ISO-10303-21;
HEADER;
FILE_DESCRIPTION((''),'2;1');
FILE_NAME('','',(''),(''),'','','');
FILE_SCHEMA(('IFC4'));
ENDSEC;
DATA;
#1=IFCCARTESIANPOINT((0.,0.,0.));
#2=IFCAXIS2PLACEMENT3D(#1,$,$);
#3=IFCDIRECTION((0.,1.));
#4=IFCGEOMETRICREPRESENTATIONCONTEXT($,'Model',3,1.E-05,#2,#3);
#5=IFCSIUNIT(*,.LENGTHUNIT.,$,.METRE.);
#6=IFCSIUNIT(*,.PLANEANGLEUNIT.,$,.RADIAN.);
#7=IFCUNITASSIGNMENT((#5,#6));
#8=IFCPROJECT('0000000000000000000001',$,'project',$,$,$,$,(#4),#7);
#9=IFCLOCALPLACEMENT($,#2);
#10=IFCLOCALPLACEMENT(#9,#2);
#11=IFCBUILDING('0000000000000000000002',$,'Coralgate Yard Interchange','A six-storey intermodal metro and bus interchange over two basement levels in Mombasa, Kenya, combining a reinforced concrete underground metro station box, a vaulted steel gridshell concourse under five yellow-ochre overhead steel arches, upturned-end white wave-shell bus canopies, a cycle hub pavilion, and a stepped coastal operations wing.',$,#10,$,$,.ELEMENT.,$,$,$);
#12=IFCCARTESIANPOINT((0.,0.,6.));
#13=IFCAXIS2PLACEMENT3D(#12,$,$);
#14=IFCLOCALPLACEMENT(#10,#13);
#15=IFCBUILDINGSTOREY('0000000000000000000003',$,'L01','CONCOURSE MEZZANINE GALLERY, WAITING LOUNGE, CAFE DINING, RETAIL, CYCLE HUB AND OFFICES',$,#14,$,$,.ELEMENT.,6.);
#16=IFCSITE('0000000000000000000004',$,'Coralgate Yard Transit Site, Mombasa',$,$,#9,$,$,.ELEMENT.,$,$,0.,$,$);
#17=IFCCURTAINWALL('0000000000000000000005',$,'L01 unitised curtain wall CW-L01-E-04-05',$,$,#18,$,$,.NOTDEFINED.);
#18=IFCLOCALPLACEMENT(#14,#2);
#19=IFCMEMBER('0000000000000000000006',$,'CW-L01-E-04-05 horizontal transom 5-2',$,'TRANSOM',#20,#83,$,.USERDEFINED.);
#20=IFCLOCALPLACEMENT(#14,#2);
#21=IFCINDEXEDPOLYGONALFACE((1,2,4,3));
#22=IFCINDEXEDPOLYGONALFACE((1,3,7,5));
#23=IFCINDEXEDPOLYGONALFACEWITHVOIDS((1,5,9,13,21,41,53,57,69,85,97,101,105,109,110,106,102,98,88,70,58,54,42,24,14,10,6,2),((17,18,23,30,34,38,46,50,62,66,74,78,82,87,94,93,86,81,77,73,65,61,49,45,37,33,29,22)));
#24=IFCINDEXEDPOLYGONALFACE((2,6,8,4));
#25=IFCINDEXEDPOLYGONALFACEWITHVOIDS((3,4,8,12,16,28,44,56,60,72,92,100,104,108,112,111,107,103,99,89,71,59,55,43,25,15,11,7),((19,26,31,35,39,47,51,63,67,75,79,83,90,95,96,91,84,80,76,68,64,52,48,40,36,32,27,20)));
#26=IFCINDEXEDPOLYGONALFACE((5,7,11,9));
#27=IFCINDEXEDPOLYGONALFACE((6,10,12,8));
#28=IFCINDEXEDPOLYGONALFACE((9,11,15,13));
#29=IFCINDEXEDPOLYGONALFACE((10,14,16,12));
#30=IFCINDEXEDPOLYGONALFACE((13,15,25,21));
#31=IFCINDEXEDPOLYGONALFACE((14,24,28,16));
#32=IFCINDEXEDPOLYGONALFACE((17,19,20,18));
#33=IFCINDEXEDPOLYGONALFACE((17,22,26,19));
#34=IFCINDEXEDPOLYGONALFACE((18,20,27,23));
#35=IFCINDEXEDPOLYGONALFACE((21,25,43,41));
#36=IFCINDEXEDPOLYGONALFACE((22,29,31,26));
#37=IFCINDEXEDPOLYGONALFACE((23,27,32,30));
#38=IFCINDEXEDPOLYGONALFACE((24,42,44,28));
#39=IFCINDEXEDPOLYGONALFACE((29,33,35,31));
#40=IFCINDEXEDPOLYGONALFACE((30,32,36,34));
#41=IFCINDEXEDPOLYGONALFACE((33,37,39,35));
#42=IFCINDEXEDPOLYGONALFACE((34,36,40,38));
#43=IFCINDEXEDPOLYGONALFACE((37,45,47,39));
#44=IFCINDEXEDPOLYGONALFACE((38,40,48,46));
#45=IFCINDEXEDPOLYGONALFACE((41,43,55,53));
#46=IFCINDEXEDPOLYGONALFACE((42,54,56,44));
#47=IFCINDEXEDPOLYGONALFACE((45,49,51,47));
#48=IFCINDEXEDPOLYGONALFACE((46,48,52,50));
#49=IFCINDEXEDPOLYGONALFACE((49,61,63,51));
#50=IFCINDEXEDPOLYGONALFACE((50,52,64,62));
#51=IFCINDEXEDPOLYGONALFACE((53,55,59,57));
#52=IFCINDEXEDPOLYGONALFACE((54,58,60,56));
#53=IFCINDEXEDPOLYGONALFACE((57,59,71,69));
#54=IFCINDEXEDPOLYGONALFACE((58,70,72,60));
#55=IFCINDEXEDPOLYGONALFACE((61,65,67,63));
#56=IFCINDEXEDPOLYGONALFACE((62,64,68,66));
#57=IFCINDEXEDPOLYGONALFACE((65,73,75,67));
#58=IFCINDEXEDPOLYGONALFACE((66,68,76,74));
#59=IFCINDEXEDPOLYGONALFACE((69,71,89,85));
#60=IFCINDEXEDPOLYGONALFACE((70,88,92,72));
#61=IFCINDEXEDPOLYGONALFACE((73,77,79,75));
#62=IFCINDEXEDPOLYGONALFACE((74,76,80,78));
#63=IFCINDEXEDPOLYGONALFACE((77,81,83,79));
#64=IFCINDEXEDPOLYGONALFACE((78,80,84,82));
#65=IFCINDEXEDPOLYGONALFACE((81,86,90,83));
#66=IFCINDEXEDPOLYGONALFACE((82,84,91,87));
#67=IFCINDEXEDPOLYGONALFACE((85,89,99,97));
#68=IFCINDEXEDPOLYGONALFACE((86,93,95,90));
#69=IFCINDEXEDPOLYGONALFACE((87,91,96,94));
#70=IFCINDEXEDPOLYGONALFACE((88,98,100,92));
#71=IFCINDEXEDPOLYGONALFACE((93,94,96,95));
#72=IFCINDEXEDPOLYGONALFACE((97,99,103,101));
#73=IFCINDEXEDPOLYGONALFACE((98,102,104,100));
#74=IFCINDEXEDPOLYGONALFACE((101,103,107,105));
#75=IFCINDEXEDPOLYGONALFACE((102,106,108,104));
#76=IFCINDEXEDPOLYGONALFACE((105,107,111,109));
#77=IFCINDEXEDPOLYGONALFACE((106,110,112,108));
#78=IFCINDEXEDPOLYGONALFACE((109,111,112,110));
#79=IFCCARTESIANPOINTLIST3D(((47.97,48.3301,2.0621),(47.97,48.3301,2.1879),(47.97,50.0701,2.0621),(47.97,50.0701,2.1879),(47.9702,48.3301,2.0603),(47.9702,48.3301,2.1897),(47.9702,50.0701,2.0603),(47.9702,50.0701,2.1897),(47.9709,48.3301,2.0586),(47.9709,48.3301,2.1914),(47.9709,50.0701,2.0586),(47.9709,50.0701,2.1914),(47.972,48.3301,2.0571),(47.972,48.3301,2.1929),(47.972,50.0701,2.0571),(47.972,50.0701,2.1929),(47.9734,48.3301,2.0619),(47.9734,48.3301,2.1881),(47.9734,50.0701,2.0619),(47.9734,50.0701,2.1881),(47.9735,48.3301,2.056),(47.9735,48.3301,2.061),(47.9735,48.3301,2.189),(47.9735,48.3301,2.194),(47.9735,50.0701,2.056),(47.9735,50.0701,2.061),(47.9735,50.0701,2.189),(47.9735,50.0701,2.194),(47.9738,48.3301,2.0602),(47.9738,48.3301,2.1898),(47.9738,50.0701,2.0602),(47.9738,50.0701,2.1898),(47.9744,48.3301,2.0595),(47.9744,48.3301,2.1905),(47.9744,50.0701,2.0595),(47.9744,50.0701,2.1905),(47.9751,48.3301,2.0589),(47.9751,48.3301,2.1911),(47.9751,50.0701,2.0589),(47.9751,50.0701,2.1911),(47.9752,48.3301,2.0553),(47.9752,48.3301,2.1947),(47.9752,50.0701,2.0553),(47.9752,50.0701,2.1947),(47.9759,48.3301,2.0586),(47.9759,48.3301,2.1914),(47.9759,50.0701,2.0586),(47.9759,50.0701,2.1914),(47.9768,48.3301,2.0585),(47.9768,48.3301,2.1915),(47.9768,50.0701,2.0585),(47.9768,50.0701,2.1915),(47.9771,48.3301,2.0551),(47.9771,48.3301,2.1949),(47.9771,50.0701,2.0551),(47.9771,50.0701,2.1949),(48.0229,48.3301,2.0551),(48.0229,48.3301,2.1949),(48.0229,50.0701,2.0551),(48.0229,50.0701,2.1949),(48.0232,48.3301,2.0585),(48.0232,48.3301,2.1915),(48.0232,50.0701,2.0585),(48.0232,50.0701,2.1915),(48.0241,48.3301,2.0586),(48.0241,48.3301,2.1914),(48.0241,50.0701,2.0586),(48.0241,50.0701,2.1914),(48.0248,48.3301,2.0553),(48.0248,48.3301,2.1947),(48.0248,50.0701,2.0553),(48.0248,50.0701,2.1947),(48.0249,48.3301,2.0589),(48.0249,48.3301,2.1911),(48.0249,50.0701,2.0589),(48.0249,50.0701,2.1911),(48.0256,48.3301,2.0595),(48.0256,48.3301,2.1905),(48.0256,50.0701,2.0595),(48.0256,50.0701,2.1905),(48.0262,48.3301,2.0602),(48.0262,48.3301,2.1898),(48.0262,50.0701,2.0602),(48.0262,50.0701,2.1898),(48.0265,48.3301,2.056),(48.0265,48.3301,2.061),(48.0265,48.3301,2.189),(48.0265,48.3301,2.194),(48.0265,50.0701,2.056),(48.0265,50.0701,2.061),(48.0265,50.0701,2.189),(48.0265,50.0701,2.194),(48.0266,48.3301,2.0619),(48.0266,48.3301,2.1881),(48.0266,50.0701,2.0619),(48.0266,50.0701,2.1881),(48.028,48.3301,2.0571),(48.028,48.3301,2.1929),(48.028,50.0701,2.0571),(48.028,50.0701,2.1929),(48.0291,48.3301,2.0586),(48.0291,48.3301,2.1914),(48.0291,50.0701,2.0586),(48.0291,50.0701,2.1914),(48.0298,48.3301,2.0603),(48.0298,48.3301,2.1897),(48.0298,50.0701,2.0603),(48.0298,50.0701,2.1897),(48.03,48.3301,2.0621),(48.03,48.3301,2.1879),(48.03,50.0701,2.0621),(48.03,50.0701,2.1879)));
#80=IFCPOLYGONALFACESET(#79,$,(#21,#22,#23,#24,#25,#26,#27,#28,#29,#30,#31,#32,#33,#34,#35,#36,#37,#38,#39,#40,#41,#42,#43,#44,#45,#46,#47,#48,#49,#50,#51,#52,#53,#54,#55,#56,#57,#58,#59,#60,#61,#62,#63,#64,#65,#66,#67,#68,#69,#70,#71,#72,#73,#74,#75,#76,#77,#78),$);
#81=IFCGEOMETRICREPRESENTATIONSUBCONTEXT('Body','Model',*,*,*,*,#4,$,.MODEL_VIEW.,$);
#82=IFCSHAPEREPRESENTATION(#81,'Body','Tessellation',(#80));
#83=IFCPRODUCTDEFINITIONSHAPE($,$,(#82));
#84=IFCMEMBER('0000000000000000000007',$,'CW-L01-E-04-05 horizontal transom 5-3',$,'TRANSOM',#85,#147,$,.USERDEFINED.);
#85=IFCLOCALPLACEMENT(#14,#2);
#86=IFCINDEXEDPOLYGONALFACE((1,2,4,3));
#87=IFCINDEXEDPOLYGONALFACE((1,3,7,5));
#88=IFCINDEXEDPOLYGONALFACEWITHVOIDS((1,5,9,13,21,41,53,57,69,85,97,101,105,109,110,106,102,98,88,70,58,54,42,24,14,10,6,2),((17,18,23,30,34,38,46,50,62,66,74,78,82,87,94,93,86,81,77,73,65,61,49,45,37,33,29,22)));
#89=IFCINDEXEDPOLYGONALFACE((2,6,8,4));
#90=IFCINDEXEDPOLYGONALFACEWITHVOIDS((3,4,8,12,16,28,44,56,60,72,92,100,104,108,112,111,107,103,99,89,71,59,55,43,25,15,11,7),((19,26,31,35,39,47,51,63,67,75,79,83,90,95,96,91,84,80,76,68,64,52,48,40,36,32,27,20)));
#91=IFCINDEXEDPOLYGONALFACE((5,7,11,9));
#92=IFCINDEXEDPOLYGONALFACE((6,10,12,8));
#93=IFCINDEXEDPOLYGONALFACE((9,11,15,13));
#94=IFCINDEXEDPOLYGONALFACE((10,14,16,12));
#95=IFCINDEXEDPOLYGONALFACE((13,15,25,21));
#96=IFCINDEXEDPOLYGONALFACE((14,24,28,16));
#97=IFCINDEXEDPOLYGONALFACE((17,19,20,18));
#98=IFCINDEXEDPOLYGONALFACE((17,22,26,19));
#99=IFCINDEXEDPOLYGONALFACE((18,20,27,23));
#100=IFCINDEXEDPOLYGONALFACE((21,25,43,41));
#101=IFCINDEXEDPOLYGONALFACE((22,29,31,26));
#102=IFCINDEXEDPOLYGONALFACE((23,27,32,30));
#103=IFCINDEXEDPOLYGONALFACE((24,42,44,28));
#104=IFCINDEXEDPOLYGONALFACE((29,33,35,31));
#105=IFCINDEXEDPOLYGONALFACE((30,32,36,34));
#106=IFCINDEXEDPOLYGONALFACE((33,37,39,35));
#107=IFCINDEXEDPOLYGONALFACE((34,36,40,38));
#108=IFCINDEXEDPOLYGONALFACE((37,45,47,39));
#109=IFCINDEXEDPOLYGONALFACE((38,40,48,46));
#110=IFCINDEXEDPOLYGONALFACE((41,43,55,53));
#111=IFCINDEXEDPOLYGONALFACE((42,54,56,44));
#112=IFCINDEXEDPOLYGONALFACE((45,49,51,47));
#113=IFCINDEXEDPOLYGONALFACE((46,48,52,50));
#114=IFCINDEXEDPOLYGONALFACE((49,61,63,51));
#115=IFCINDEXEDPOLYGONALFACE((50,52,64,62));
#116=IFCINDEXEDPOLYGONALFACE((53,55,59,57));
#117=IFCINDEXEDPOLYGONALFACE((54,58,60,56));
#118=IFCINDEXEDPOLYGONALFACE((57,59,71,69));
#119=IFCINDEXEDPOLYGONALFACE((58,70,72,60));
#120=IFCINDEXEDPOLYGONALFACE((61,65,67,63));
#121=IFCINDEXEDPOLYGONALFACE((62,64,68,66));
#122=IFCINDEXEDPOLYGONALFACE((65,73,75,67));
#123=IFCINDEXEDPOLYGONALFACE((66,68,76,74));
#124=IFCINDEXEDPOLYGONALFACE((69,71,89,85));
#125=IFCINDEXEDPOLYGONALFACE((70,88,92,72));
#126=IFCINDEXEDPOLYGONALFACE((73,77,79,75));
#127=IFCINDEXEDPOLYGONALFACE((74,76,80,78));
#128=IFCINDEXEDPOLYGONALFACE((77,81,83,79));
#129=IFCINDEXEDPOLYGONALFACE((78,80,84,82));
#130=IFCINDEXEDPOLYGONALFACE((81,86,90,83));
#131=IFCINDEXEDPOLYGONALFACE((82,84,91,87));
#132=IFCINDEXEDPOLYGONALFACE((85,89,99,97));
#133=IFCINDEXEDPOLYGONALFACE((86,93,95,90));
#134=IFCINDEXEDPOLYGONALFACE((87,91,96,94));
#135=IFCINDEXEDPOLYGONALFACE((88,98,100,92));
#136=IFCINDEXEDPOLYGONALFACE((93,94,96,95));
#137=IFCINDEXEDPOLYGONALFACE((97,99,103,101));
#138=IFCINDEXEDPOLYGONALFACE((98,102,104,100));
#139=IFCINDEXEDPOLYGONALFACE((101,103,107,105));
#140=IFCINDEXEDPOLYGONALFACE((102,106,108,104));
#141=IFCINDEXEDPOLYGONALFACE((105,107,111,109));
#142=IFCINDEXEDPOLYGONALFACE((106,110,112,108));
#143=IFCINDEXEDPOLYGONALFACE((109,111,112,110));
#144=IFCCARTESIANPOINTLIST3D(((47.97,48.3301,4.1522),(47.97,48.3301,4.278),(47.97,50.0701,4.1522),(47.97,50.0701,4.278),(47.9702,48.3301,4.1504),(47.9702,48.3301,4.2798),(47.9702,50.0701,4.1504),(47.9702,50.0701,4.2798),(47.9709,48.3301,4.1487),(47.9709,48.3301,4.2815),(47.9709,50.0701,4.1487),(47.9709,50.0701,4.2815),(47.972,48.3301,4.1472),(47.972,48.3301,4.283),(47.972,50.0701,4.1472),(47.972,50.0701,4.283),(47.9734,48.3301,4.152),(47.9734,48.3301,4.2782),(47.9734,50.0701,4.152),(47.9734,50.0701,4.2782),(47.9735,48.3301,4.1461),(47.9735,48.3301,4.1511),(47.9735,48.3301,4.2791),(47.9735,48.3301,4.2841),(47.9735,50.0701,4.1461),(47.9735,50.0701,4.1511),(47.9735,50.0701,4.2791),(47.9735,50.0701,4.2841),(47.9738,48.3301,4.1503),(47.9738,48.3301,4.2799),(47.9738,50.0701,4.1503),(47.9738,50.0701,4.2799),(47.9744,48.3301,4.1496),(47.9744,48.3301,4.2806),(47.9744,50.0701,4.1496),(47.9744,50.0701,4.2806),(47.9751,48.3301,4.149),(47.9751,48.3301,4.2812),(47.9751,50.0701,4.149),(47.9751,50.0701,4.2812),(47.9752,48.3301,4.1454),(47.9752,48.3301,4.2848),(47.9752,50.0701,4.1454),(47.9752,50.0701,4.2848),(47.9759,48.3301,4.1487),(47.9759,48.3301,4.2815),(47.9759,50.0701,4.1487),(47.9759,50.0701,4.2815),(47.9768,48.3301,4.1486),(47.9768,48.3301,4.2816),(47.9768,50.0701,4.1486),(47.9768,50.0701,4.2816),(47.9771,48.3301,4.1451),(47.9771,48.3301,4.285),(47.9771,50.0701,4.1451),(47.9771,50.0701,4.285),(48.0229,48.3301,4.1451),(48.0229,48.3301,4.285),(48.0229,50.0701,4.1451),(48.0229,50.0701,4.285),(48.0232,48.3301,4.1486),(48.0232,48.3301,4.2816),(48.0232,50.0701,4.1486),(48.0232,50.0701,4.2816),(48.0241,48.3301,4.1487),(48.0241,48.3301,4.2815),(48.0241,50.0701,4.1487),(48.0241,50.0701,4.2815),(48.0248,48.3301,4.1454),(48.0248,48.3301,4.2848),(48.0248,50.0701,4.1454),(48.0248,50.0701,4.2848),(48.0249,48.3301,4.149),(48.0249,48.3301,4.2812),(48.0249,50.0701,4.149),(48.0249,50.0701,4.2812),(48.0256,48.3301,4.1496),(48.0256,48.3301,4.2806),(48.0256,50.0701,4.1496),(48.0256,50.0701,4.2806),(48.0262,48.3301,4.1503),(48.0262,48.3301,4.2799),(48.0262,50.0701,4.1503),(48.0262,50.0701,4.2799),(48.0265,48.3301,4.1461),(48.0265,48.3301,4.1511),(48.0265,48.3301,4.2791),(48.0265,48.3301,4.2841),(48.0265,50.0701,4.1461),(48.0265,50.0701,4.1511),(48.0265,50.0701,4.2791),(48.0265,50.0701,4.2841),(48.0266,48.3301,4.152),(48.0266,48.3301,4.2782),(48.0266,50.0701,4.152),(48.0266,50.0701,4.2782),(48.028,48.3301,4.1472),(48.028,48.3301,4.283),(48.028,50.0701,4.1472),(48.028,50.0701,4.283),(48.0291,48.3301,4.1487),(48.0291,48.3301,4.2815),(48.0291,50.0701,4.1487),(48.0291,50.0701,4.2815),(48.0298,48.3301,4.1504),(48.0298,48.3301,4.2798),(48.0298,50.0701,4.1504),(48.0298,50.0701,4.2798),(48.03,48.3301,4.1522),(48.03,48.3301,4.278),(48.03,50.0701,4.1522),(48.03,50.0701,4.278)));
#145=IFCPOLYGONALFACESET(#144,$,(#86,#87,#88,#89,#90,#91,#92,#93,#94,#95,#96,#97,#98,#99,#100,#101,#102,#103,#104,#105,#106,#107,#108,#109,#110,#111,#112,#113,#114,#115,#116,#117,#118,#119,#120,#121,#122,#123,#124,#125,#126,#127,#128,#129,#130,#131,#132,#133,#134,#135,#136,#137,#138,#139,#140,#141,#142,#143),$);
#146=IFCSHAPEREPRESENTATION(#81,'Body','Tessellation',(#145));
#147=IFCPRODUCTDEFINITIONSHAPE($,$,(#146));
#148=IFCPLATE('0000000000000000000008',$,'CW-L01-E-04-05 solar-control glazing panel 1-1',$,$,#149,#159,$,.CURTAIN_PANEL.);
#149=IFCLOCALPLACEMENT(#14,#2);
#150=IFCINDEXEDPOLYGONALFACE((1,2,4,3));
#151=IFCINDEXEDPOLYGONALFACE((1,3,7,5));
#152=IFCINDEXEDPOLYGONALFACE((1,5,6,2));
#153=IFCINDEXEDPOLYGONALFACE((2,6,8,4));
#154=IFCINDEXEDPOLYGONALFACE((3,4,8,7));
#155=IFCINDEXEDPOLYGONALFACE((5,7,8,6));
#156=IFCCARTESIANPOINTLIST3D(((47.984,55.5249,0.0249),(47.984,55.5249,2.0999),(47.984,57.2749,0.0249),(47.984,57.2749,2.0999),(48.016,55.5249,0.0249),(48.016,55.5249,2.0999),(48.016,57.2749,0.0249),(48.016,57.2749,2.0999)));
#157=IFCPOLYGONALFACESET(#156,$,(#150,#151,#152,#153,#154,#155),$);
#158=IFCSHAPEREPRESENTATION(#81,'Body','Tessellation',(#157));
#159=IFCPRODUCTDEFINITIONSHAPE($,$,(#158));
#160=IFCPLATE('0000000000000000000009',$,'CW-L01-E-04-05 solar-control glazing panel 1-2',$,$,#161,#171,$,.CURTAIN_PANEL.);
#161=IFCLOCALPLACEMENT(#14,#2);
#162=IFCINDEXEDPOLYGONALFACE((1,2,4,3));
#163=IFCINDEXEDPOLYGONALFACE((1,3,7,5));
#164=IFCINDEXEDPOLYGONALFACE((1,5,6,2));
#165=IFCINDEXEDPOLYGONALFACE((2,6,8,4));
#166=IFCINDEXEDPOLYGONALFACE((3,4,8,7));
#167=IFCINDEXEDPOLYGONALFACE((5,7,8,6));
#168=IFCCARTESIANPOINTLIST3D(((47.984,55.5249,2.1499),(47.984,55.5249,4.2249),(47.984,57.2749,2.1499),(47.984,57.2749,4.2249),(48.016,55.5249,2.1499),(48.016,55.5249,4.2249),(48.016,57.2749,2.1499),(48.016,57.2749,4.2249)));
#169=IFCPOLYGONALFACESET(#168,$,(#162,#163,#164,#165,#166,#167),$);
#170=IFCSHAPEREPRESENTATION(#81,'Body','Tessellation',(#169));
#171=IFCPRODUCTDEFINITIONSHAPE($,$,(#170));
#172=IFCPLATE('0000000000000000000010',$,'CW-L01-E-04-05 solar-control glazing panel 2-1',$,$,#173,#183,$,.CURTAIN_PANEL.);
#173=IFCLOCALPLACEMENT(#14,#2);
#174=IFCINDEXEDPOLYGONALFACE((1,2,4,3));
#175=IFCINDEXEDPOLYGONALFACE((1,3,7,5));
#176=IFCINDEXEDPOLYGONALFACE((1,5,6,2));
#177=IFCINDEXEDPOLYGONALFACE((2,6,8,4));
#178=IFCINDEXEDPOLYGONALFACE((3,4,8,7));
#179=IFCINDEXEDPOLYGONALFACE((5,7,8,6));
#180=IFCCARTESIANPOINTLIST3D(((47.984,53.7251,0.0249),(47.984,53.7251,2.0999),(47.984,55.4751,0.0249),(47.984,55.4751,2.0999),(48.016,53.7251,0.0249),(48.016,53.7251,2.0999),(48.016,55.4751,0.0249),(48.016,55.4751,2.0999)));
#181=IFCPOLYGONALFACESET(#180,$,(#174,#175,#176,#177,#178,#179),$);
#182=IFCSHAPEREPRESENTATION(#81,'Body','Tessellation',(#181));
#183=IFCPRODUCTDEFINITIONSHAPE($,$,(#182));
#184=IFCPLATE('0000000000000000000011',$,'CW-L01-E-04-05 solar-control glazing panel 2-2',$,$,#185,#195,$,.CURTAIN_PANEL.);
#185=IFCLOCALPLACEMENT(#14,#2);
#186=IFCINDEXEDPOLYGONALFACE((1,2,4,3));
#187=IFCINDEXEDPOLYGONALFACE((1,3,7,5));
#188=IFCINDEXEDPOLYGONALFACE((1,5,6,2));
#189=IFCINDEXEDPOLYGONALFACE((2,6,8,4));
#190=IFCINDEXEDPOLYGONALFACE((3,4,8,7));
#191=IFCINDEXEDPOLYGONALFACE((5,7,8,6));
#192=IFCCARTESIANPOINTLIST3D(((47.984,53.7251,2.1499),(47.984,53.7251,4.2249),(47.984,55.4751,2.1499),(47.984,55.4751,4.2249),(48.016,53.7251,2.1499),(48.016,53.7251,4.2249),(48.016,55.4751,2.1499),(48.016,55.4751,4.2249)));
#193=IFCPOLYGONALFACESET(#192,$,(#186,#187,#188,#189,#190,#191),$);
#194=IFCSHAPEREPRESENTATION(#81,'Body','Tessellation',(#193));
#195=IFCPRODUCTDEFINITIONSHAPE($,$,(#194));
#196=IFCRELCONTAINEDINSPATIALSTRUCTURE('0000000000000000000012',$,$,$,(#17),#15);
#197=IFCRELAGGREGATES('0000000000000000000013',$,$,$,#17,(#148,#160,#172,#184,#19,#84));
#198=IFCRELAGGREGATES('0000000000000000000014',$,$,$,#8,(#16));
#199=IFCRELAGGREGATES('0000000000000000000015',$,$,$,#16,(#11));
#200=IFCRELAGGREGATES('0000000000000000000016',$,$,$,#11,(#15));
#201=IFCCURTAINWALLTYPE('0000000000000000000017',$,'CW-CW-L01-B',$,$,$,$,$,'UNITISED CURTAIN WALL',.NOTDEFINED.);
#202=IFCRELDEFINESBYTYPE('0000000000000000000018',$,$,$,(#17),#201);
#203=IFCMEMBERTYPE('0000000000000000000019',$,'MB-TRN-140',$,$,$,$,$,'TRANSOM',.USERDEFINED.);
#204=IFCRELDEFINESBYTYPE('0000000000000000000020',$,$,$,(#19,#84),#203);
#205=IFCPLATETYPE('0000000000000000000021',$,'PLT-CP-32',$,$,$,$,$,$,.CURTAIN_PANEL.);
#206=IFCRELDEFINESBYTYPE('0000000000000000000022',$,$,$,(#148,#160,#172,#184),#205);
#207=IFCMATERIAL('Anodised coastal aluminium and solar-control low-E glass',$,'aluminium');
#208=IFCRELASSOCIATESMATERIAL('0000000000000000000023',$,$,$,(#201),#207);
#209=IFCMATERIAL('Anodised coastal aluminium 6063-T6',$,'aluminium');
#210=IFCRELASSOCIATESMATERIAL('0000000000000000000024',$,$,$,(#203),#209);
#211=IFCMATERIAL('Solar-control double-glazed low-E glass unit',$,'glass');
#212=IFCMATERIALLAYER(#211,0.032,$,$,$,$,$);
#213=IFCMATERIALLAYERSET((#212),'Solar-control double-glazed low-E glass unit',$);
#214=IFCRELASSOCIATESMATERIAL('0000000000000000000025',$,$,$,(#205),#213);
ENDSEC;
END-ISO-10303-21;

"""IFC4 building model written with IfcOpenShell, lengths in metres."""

from ifc_helpers import new_model, si_unit, direction, frame, origin, origin_2d, place, context, subcontext, project, spatial, rectangle, hollow_rectangle, extrude, material, layer, layer_set, material_profile, profile_set, type_object, element, aggregate, save


model = new_model("IFC4")

# Units and contexts
model_context = context("Model", 3, precision=1e-05, world=origin(), true_north=direction((0.0, 1.0)))
body_context = subcontext(model_context, "Body", "Model", "MODEL_VIEW")
ifc_project = project(units=[si_unit("LENGTHUNIT", "METRE"), si_unit("PLANEANGLEUNIT", "RADIAN")], contexts=[model_context])

# Site, building, storey
site_placement = place(None, origin())
site = spatial("IfcSite", under=ifc_project, at=site_placement, Name="Coralgate Yard Transit Site, Mombasa", CompositionType="ELEMENT", RefElevation=0.0)
building_placement = place(site_placement, origin())
building = spatial("IfcBuilding", under=site, at=building_placement, Name="Coralgate Yard Interchange", Description="A six-storey intermodal metro and bus interchange over two basement levels in Mombasa, Kenya, combining a reinforced concrete underground metro station box, a vaulted steel gridshell concourse under five yellow-ochre overhead steel arches, upturned-end white wave-shell bus canopies, a cycle hub pavilion, and a stepped coastal operations wing.", CompositionType="ELEMENT")
storey_placement = place(building_placement, frame((0.0, 0.0, 6.0)))
storey = spatial("IfcBuildingStorey", under=building, at=storey_placement, Name="L01", Description="CONCOURSE MEZZANINE GALLERY, WAITING LOUNGE, CAFE DINING, RETAIL, CYCLE HUB AND OFFICES", CompositionType="ELEMENT", Elevation=6.0)

# Curtain wall, members, plates
ifc_material_1 = material(Name="Anodised coastal aluminium and solar-control low-E glass", Category="aluminium")
curtain_wall_type = type_object("IfcCurtainWallType", Name="CW-CW-L01-B", ElementType="UNITISED CURTAIN WALL", PredefinedType="NOTDEFINED", material=ifc_material_1)
curtain_wall_placement = place(storey_placement, origin())
curtain_wall = element("IfcCurtainWall", 1, at=curtain_wall_placement, inside=storey, type_object=curtain_wall_type, Name="L01 unitised curtain wall CW-L01-E-04-05", PredefinedType="NOTDEFINED")
ifc_material_2 = material(Name="Anodised coastal aluminium 6063-T6", Category="aluminium")
ifc_material_profile_1 = material_profile(ifc_material_2, hollow_rectangle(XDim=0.0601, YDim=0.1399, WallThickness=0.0034, InnerFilletRadius=0.0034, OuterFilletRadius=0.0071, at=origin_2d()), Name="ALU 60x140x3.5")
ifc_profile_set_1 = profile_set([ifc_material_profile_1], Name="Anodised coastal aluminium 6063-T6")
member_type_1 = type_object("IfcMemberType", Name="MB-TRN-140", ElementType="TRANSOM", PredefinedType="USERDEFINED", material=ifc_profile_set_1)
member_1_placement = place(storey_placement, frame((48.0, 50.0701, 2.125), z_axis=(0.0, -1.0, 0.0), x_axis=(1.0, 0.0, 0.0)))
member_1 = element("IfcMember", 2, at=member_1_placement, type_object=member_type_1, Name="CW-L01-E-04-05 horizontal transom 5-2", ObjectType="TRANSOM", PredefinedType="USERDEFINED", context=body_context, shape_type="SweptSolid", body=[
    extrude(hollow_rectangle(XDim=0.0601, YDim=0.1399, WallThickness=0.0034, InnerFilletRadius=0.0034, OuterFilletRadius=0.0071, at=origin_2d()), origin(), (0.0, 0.0, 1.0), 1.74),
])
member_2_placement = place(storey_placement, frame((48.0, 50.0701, 4.2151), z_axis=(0.0, -1.0, 0.0), x_axis=(1.0, 0.0, 0.0)))
member_2 = element("IfcMember", 3, at=member_2_placement, type_object=member_type_1, Name="CW-L01-E-04-05 horizontal transom 5-3", ObjectType="TRANSOM", PredefinedType="USERDEFINED", context=body_context, shape_type="SweptSolid", body=[
    extrude(hollow_rectangle(XDim=0.0601, YDim=0.1399, WallThickness=0.0034, InnerFilletRadius=0.0034, OuterFilletRadius=0.0071, at=origin_2d()), origin(), (0.0, 0.0, 1.0), 1.74),
])
ifc_material_3 = material(Name="Solar-control double-glazed low-E glass unit", Category="glass")
ifc_layer = layer(ifc_material_3, 0.032)
ifc_layer_set = layer_set([ifc_layer], Name="Solar-control double-glazed low-E glass unit")
plate_type = type_object("IfcPlateType", Name="PLT-CP-32", PredefinedType="CURTAIN_PANEL", material=ifc_layer_set)
plate_1_placement = place(storey_placement, frame((48.0, 56.3999, 0.0249), z_axis=(0.0, 0.0, 1.0), x_axis=(0.0, -1.0, 0.0)))
plate_1 = element("IfcPlate", 4, at=plate_1_placement, type_object=plate_type, Name="CW-L01-E-04-05 solar-control glazing panel 1-1", PredefinedType="CURTAIN_PANEL", context=body_context, shape_type="SweptSolid", body=[
    extrude(rectangle(XDim=1.75, YDim=0.032, at=origin_2d()), origin(), (0.0, 0.0, 1.0), 2.075),
])
plate_2_placement = place(storey_placement, frame((48.0, 56.3999, 2.1499), z_axis=(0.0, 0.0, 1.0), x_axis=(0.0, -1.0, 0.0)))
plate_2 = element("IfcPlate", 5, at=plate_2_placement, type_object=plate_type, Name="CW-L01-E-04-05 solar-control glazing panel 1-2", PredefinedType="CURTAIN_PANEL", context=body_context, shape_type="SweptSolid", body=[
    extrude(rectangle(XDim=1.75, YDim=0.032, at=origin_2d()), origin(), (0.0, 0.0, 1.0), 2.075),
])
plate_3_placement = place(storey_placement, frame((48.0, 54.6001, 0.0249), z_axis=(0.0, 0.0, 1.0), x_axis=(0.0, -1.0, 0.0)))
plate_3 = element("IfcPlate", 6, at=plate_3_placement, type_object=plate_type, Name="CW-L01-E-04-05 solar-control glazing panel 2-1", PredefinedType="CURTAIN_PANEL", context=body_context, shape_type="SweptSolid", body=[
    extrude(rectangle(XDim=1.75, YDim=0.032, at=origin_2d()), origin(), (0.0, 0.0, 1.0), 2.075),
])
plate_4_placement = place(storey_placement, frame((48.0, 54.6001, 2.1499), z_axis=(0.0, 0.0, 1.0), x_axis=(0.0, -1.0, 0.0)))
plate_4 = element("IfcPlate", 7, at=plate_4_placement, type_object=plate_type, Name="CW-L01-E-04-05 solar-control glazing panel 2-2", PredefinedType="CURTAIN_PANEL", context=body_context, shape_type="SweptSolid", body=[
    extrude(rectangle(XDim=1.75, YDim=0.032, at=origin_2d()), origin(), (0.0, 0.0, 1.0), 2.075),
])
aggregate(curtain_wall, [plate_1, plate_2, plate_3, plate_4, member_1, member_2])

save(model, "model.ifc")
